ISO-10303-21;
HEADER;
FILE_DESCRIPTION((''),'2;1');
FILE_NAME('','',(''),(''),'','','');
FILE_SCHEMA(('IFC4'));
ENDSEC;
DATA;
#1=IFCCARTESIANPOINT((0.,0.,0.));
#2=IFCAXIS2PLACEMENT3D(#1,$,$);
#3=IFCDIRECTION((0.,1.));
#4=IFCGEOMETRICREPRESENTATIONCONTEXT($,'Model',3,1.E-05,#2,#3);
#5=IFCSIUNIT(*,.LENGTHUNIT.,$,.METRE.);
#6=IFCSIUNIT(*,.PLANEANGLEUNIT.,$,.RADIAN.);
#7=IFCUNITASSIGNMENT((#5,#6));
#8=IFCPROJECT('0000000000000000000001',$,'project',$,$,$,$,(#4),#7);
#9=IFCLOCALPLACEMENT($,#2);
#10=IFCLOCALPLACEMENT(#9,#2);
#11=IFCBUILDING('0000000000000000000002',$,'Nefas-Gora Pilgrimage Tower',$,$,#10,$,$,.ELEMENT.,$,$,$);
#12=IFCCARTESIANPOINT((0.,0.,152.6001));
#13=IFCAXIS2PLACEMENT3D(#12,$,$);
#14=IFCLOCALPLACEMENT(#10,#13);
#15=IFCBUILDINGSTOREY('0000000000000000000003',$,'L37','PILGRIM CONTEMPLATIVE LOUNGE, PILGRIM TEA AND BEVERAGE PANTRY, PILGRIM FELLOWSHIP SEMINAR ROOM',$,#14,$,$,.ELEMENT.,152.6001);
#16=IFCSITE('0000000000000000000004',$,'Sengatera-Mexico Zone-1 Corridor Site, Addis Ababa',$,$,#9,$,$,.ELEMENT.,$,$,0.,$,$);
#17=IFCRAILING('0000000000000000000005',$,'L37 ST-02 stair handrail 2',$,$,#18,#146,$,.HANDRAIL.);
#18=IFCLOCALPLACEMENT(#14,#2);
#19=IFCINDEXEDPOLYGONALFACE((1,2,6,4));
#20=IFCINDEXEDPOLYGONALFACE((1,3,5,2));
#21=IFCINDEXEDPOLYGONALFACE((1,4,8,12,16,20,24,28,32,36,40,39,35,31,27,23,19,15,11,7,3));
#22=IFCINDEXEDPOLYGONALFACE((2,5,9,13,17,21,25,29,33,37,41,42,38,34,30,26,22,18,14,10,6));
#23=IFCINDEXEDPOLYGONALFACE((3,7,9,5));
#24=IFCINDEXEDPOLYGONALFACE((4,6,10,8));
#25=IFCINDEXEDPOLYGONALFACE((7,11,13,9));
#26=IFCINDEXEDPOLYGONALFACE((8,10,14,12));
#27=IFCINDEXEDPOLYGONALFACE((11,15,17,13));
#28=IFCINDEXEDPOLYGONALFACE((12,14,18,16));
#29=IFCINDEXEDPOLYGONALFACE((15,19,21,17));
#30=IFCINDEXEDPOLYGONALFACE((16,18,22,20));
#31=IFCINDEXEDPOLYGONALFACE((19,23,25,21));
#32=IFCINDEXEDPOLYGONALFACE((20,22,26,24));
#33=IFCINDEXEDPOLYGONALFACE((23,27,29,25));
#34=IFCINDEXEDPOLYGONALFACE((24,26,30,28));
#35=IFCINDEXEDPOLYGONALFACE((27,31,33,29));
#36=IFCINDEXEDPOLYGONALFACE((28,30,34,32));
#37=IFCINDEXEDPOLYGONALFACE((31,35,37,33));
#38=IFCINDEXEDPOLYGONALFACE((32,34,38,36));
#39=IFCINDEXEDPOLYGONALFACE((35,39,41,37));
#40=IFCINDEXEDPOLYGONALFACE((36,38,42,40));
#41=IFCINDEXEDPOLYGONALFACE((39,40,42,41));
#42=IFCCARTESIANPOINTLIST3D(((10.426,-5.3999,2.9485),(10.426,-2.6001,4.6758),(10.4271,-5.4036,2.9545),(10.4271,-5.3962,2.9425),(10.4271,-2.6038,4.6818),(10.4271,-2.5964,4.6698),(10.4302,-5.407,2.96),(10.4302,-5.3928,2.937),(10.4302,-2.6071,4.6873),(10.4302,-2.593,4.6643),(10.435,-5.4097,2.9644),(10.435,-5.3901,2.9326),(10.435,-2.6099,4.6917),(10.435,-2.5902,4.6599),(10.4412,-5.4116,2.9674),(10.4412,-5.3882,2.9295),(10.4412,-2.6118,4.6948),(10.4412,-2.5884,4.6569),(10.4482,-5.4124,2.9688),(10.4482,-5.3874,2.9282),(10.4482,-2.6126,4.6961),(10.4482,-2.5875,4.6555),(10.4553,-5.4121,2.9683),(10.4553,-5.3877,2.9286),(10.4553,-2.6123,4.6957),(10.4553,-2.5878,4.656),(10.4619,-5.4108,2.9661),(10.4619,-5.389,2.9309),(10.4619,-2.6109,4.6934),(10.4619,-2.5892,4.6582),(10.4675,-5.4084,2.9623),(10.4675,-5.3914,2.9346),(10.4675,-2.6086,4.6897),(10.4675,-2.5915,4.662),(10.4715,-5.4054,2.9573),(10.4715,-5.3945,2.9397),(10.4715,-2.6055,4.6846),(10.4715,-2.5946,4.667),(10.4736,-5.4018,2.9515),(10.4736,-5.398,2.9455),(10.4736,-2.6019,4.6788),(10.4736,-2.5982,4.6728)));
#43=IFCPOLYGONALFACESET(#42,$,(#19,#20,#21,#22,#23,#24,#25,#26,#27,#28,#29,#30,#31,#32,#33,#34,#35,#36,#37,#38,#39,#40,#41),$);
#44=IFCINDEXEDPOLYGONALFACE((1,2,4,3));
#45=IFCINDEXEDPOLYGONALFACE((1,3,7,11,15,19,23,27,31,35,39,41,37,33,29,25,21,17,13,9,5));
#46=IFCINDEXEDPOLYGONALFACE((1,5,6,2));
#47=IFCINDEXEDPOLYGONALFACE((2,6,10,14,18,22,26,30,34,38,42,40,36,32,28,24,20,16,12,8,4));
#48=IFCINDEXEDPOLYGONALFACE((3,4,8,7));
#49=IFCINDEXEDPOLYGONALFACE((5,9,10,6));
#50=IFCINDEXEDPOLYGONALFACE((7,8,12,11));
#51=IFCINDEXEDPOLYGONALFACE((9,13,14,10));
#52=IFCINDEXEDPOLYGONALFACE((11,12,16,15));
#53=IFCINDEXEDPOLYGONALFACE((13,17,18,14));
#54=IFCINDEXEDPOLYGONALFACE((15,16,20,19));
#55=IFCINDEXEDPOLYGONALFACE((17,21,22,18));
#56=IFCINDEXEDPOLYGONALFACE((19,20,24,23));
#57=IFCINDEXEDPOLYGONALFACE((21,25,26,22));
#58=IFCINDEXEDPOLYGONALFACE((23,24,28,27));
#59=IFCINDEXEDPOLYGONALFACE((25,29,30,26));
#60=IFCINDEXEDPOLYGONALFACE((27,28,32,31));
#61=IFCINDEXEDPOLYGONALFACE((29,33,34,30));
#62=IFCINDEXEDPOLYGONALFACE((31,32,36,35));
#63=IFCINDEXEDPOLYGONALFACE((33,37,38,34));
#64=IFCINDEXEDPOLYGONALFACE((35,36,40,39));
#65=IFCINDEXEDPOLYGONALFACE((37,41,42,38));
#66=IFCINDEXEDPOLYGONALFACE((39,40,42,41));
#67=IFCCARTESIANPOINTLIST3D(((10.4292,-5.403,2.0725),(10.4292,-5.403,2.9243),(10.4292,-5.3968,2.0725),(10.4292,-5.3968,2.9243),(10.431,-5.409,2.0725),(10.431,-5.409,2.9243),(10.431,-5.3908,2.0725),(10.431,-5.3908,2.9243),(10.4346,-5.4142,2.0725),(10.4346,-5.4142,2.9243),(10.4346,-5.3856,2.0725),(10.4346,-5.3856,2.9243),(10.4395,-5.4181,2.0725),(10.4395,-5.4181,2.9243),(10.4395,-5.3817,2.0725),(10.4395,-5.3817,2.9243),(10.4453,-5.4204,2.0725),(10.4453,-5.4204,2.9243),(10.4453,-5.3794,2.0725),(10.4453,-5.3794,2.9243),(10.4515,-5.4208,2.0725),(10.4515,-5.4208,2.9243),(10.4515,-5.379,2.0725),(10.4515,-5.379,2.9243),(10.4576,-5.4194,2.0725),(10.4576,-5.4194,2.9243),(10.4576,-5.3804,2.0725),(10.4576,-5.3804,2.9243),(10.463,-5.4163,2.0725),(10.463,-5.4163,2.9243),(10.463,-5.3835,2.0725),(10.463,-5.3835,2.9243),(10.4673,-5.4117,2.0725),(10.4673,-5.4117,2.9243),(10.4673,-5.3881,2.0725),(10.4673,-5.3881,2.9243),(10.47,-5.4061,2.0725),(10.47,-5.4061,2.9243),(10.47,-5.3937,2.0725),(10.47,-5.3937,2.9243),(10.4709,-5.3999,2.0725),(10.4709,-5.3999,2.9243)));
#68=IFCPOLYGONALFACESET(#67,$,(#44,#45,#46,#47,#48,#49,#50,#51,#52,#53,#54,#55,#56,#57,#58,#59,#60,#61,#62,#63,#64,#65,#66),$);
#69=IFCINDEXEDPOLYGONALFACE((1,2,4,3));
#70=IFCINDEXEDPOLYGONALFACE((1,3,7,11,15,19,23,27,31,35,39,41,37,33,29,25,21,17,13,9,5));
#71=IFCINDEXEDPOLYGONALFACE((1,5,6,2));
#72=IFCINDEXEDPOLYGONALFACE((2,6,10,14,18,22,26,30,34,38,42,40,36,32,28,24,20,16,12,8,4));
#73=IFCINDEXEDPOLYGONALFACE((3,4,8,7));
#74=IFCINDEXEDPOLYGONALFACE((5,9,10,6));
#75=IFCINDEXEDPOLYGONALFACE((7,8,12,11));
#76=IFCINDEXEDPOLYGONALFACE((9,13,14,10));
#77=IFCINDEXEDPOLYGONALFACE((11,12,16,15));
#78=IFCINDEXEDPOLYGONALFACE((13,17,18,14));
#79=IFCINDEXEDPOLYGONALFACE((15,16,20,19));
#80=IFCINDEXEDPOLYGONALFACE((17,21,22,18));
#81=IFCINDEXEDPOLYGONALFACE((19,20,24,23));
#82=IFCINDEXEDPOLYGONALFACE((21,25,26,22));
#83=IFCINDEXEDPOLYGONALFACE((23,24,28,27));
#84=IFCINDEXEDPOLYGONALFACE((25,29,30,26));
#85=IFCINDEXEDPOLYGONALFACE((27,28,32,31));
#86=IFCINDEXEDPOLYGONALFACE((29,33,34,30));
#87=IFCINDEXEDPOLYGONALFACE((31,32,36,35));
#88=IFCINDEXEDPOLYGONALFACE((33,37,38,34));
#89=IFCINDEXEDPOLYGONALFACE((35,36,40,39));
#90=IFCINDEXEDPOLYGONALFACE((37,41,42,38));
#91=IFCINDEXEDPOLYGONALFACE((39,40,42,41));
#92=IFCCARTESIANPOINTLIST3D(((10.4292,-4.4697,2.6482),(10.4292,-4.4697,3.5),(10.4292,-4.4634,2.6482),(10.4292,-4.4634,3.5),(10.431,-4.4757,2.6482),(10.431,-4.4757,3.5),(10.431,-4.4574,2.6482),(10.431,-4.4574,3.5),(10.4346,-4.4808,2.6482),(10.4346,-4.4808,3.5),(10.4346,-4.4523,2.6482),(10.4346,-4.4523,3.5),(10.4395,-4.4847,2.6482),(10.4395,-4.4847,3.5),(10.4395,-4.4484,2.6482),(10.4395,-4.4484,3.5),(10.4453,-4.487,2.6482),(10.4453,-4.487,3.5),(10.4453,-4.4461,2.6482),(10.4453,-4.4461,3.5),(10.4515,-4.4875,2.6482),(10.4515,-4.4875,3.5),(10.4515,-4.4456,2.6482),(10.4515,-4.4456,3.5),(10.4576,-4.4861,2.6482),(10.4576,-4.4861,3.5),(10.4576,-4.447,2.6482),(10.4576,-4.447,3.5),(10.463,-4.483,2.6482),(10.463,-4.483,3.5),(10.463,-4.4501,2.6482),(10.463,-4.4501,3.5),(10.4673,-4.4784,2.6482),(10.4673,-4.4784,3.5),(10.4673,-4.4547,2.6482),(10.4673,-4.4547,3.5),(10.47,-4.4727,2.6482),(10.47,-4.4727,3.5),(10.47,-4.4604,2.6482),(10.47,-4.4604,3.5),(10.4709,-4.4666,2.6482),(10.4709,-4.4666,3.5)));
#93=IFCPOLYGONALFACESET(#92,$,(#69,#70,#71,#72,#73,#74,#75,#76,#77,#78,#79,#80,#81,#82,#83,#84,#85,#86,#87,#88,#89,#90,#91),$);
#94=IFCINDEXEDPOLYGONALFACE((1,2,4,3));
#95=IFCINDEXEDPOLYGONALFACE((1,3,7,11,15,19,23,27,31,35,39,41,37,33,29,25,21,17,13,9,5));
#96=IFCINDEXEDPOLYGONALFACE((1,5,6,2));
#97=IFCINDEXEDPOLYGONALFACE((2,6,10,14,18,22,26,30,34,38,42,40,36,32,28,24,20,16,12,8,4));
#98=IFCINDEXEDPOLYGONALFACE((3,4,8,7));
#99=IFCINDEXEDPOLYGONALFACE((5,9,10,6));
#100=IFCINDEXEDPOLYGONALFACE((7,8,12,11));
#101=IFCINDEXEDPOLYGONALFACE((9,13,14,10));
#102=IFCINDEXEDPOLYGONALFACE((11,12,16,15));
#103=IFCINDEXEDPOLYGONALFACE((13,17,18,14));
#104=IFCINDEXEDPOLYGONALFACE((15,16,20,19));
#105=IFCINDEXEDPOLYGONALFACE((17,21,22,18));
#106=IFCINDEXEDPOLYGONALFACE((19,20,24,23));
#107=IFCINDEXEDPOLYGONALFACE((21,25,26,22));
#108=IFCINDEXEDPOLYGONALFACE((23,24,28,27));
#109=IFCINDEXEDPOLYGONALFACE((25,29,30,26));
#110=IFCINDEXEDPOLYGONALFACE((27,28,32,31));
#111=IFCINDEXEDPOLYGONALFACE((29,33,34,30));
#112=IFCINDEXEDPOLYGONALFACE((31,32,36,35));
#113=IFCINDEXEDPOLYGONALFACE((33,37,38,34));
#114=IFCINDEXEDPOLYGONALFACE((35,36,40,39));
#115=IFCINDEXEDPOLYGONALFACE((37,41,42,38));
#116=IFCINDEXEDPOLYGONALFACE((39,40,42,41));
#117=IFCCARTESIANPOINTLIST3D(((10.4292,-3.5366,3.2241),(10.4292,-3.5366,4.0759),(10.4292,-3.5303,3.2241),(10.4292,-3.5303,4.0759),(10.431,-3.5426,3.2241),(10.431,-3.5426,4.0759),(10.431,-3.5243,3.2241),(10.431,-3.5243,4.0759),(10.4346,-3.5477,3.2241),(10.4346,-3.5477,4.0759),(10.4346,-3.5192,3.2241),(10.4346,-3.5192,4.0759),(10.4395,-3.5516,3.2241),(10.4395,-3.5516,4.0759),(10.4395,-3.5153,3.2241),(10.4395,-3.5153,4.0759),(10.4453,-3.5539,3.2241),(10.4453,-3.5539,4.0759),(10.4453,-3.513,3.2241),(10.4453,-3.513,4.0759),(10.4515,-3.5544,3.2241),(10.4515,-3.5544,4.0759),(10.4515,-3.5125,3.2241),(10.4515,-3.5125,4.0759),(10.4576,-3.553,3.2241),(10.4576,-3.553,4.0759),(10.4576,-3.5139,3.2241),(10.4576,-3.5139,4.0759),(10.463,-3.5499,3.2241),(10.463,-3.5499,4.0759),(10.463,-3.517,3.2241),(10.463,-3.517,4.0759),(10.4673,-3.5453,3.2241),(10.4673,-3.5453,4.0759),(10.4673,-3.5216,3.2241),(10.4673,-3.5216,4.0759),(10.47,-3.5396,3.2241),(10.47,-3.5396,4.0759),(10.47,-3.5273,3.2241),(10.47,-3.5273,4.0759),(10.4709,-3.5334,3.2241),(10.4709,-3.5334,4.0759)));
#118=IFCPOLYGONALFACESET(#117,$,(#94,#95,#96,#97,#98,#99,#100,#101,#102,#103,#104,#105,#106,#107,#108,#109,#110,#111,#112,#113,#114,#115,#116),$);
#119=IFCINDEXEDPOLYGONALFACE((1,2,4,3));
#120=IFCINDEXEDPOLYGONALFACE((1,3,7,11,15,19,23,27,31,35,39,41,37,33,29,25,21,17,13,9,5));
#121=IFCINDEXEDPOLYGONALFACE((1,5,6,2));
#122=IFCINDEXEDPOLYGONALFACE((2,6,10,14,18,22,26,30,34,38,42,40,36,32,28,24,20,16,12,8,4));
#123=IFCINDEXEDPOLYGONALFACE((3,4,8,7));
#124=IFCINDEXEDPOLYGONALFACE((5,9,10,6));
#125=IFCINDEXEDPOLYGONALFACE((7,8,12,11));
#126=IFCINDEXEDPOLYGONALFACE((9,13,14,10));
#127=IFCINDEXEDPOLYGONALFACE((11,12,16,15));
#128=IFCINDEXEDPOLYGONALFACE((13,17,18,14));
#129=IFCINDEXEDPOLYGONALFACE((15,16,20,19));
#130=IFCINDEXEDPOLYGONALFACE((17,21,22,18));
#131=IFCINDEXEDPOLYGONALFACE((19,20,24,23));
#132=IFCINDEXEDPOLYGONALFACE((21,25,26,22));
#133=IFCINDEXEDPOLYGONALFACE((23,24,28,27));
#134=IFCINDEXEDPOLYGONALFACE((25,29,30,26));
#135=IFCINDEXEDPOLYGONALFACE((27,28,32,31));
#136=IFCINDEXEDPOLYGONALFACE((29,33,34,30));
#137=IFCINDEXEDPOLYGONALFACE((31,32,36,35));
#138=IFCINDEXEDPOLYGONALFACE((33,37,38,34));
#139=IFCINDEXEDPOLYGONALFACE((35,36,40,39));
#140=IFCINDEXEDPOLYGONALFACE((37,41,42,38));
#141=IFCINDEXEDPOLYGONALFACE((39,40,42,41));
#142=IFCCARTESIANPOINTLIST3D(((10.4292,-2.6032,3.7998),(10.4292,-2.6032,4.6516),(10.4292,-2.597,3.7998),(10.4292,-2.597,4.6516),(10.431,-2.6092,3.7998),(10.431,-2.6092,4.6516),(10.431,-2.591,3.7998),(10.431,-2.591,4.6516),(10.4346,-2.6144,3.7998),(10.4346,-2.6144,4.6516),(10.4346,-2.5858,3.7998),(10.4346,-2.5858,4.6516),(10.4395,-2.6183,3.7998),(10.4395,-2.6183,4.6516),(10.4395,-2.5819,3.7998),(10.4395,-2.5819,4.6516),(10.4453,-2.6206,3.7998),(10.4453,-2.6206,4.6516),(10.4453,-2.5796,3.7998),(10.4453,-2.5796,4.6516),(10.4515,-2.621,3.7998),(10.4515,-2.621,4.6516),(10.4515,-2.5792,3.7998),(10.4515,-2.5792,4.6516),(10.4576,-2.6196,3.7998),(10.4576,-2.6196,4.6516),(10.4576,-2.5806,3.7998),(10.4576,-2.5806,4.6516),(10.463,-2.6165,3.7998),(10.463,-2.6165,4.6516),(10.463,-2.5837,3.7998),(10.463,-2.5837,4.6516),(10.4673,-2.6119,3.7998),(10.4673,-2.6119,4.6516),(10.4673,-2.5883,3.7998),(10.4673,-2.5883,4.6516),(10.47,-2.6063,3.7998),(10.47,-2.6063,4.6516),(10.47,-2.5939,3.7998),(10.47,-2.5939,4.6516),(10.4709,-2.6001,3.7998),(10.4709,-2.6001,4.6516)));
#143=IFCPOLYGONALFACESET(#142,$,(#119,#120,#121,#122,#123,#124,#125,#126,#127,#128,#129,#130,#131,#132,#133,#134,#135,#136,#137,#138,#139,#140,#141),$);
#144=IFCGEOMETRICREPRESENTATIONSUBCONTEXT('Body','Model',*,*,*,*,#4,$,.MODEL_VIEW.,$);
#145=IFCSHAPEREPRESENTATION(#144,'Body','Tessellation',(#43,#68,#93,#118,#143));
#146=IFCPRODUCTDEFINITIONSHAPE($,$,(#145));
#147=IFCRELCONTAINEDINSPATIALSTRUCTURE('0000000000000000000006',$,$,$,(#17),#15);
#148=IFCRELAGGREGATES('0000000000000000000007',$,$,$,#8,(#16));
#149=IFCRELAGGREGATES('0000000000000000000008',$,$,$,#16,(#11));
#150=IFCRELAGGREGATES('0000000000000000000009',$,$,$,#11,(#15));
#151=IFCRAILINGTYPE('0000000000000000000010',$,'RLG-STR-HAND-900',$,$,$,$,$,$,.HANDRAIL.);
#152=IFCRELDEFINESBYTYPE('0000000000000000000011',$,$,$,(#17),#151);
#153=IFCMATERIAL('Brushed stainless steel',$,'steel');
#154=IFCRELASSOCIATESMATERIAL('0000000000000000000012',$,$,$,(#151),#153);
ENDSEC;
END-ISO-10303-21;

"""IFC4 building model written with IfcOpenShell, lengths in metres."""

from ifc_helpers import new_model, si_unit, direction, frame, origin, origin_2d, place, context, subcontext, project, spatial, circle, extrude, material, type_object, element, save


model = new_model("IFC4")

# Units and contexts
model_context = context("Model", 3, precision=1e-05, world=origin(), true_north=direction((0.0, 1.0)))
body_context = subcontext(model_context, "Body", "Model", "MODEL_VIEW")
ifc_project = project(units=[si_unit("LENGTHUNIT", "METRE"), si_unit("PLANEANGLEUNIT", "RADIAN")], contexts=[model_context])

# Site, building, storey
site_placement = place(None, origin())
site = spatial("IfcSite", under=ifc_project, at=site_placement, Name="Sengatera-Mexico Zone-1 Corridor Site, Addis Ababa", CompositionType="ELEMENT", RefElevation=0.0)
building_placement = place(site_placement, origin())
building = spatial("IfcBuilding", under=site, at=building_placement, Name="Nefas-Gora Pilgrimage Tower", CompositionType="ELEMENT")
storey_placement = place(building_placement, frame((0.0, 0.0, 152.6001)))
storey = spatial("IfcBuildingStorey", under=building, at=storey_placement, Name="L37", Description="PILGRIM CONTEMPLATIVE LOUNGE, PILGRIM TEA AND BEVERAGE PANTRY, PILGRIM FELLOWSHIP SEMINAR ROOM", CompositionType="ELEMENT", Elevation=152.6001)

# Railing
ifc_material_1 = material(Name="Brushed stainless steel", Category="steel")
railing_type_1 = type_object("IfcRailingType", Name="RLG-STR-HAND-900", PredefinedType="HANDRAIL", material=ifc_material_1)
railing_1_placement = place(storey_placement, frame((10.45, -5.3999, 2.0725)))
element("IfcRailing", 1, at=railing_1_placement, inside=storey, type_object=railing_type_1, Name="L37 ST-02 stair handrail 2", PredefinedType="HANDRAIL", context=body_context, shape_type="SweptSolid", body=[
    extrude(circle(Radius=0.0239, at=origin_2d()), frame((0.0, 0.0, 0.876), z_axis=(0.0, 0.851069, 0.525054), x_axis=(-1.0, 0.0, 0.0)), (0.0, 0.0, 1.0), 3.2898),
    extrude(circle(Radius=0.021, at=origin_2d()), origin(), (0.0, 0.0, 1.0), 0.8518),
    extrude(circle(Radius=0.021, at=origin_2d()), frame((0.0, 0.9333, 0.5757)), (0.0, 0.0, 1.0), 0.8518),
    extrude(circle(Radius=0.021, at=origin_2d()), frame((0.0, 1.8665, 1.1516)), (0.0, 0.0, 1.0), 0.8518),
    extrude(circle(Radius=0.021, at=origin_2d()), frame((0.0, 2.7998, 1.7273)), (0.0, 0.0, 1.0), 0.8518),
])

save(model, "model.ifc")
